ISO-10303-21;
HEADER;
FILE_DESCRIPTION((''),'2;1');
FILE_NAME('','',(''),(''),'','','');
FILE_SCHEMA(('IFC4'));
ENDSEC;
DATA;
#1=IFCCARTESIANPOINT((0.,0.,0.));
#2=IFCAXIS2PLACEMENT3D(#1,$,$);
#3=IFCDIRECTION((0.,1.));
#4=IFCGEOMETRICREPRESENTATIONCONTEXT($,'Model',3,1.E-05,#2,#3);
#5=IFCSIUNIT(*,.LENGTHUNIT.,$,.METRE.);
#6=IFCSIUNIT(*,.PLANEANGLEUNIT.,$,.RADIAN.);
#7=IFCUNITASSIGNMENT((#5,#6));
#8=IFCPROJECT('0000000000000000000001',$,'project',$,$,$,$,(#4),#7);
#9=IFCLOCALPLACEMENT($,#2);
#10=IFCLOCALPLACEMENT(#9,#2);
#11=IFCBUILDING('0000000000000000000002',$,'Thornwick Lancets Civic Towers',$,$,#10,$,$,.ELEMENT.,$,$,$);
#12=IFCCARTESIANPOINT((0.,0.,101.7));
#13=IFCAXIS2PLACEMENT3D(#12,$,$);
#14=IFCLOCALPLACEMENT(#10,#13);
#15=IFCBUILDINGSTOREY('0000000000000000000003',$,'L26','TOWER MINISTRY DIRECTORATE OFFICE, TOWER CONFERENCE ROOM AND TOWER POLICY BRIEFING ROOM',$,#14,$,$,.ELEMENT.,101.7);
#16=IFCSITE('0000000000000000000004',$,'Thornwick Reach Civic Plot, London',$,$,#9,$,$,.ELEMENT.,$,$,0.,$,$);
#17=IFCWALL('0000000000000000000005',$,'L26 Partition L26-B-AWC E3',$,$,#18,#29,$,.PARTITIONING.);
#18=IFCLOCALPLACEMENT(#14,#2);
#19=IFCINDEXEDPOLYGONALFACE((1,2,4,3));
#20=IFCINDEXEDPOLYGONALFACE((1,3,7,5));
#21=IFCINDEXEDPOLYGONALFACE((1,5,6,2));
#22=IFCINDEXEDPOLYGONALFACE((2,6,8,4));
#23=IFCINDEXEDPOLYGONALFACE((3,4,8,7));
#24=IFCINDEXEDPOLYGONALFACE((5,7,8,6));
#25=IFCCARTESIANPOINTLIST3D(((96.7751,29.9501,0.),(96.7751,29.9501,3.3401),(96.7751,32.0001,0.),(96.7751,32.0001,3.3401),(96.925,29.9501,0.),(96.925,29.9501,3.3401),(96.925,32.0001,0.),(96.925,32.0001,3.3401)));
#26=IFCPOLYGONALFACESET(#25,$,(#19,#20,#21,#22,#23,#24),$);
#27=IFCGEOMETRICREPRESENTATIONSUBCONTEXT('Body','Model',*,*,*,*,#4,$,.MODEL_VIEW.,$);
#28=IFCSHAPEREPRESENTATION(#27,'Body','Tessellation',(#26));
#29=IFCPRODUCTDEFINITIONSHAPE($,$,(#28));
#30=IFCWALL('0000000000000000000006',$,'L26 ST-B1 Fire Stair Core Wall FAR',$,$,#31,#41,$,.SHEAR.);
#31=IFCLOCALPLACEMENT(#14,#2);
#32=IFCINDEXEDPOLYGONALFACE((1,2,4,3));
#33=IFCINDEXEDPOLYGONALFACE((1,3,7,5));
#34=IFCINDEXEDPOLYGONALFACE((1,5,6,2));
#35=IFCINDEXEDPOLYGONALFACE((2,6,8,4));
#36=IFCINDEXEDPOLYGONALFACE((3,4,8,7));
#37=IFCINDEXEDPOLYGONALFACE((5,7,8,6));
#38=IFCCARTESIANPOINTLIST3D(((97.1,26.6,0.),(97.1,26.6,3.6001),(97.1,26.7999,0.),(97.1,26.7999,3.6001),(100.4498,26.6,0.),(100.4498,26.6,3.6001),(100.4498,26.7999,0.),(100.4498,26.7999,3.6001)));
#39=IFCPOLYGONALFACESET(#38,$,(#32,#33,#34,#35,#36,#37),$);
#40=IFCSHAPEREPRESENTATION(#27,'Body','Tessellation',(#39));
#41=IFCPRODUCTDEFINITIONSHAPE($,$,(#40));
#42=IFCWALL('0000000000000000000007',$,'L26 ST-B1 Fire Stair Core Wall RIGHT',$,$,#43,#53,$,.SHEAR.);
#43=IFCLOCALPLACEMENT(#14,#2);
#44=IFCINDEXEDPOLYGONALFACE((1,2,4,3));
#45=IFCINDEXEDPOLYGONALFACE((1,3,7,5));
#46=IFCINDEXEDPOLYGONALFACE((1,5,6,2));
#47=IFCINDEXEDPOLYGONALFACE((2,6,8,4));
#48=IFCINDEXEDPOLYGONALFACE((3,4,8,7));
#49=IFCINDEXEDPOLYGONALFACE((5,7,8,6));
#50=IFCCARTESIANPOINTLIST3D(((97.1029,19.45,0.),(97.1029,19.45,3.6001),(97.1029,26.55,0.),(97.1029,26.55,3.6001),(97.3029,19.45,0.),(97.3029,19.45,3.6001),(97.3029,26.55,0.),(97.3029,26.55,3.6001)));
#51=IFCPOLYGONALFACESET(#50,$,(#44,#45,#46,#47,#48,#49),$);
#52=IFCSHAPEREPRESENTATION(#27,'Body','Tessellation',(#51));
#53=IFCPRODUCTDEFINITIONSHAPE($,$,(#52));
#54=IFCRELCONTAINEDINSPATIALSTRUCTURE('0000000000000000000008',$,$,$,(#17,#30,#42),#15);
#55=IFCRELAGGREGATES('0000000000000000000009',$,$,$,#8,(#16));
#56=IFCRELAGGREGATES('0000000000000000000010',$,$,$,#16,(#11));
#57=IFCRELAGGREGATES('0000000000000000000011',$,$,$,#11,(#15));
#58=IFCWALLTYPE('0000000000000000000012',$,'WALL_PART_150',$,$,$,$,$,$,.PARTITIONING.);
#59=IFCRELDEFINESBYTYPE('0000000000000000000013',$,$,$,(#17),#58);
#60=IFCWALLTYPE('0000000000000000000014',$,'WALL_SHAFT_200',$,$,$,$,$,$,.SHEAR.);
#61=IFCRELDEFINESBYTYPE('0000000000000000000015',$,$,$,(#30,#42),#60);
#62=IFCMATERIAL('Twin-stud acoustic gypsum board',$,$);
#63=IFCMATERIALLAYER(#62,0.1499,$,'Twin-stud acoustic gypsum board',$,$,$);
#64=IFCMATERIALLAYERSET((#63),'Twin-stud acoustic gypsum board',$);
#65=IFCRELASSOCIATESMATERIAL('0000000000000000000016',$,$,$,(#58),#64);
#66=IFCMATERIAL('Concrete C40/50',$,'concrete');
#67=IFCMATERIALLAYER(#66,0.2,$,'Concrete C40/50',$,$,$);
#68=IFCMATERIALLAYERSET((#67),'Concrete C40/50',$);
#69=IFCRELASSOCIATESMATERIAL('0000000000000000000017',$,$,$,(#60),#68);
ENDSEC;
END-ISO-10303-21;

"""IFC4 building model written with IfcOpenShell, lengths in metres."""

from ifc_helpers import new_model, si_unit, direction, frame, frame_2d, origin, place, context, subcontext, project, spatial, rectangle, extrude, material, layer, layer_set, type_object, element, save


model = new_model("IFC4")

# Units and contexts
model_context = context("Model", 3, precision=1e-05, world=origin(), true_north=direction((0.0, 1.0)))
body_context = subcontext(model_context, "Body", "Model", "MODEL_VIEW")
ifc_project = project(units=[si_unit("LENGTHUNIT", "METRE"), si_unit("PLANEANGLEUNIT", "RADIAN")], contexts=[model_context])

# Site, building, storey
site_placement = place(None, origin())
site = spatial("IfcSite", under=ifc_project, at=site_placement, Name="Thornwick Reach Civic Plot, London", CompositionType="ELEMENT", RefElevation=0.0)
building_placement = place(site_placement, origin())
building = spatial("IfcBuilding", under=site, at=building_placement, Name="Thornwick Lancets Civic Towers", CompositionType="ELEMENT")
storey_placement = place(building_placement, frame((0.0, 0.0, 101.7)))
storey = spatial("IfcBuildingStorey", under=building, at=storey_placement, Name="L26", Description="TOWER MINISTRY DIRECTORATE OFFICE, TOWER CONFERENCE ROOM AND TOWER POLICY BRIEFING ROOM", CompositionType="ELEMENT", Elevation=101.7)

# Shared definitions
ifc_material_1 = material(Name="Twin-stud acoustic gypsum board")
ifc_layer_1 = layer(ifc_material_1, 0.1499, Name="Twin-stud acoustic gypsum board")
ifc_layer_set_1 = layer_set([ifc_layer_1], Name="Twin-stud acoustic gypsum board")
wall_type_1 = type_object("IfcWallType", Name="WALL_PART_150", PredefinedType="PARTITIONING", material=ifc_layer_set_1)

# Walls
wall_1_placement = place(storey_placement, frame((96.8501, 32.0, 0.0), z_axis=(0.0, 0.0, 1.0), x_axis=(0.0, -1.0, 0.0)))
element("IfcWall", 1, at=wall_1_placement, inside=storey, type_object=wall_type_1, Name="L26 Partition L26-B-AWC E3", PredefinedType="PARTITIONING", context=body_context, shape_type="SweptSolid", body=[
    extrude(rectangle(XDim=2.05, YDim=0.1499, at=frame_2d((1.0249, 0.0))), origin(), (0.0, 0.0, 1.0), 3.3401),
])
ifc_material_2 = material(Name="Concrete C40/50", Category="concrete")
ifc_layer_2 = layer(ifc_material_2, 0.2, Name="Concrete C40/50")
ifc_layer_set_2 = layer_set([ifc_layer_2], Name="Concrete C40/50")
wall_type_2 = type_object("IfcWallType", Name="WALL_SHAFT_200", PredefinedType="SHEAR", material=ifc_layer_set_2)
wall_2_placement = place(storey_placement, frame((97.1001, 26.7, 0.0), z_axis=(0.0, 0.0, 1.0), x_axis=(1.0, 0.0, 0.0)))
element("IfcWall", 2, at=wall_2_placement, inside=storey, type_object=wall_type_2, Name="L26 ST-B1 Fire Stair Core Wall FAR", PredefinedType="SHEAR", context=body_context, shape_type="SweptSolid", body=[
    extrude(rectangle(XDim=3.3499, YDim=0.2, at=frame_2d((1.6748, 0.0))), origin(), (0.0, 0.0, 1.0), 3.6001),
])
wall_3_placement = place(storey_placement, frame((97.2029, 26.55, 0.0), z_axis=(0.0, 0.0, 1.0), x_axis=(0.0, -1.0, 0.0)))
element("IfcWall", 3, at=wall_3_placement, inside=storey, type_object=wall_type_2, Name="L26 ST-B1 Fire Stair Core Wall RIGHT", PredefinedType="SHEAR", context=body_context, shape_type="SweptSolid", body=[
    extrude(rectangle(XDim=7.1001, YDim=0.2, at=frame_2d((3.55, 0.0))), origin(), (0.0, 0.0, 1.0), 3.6001),
])

save(model, "model.ifc")
